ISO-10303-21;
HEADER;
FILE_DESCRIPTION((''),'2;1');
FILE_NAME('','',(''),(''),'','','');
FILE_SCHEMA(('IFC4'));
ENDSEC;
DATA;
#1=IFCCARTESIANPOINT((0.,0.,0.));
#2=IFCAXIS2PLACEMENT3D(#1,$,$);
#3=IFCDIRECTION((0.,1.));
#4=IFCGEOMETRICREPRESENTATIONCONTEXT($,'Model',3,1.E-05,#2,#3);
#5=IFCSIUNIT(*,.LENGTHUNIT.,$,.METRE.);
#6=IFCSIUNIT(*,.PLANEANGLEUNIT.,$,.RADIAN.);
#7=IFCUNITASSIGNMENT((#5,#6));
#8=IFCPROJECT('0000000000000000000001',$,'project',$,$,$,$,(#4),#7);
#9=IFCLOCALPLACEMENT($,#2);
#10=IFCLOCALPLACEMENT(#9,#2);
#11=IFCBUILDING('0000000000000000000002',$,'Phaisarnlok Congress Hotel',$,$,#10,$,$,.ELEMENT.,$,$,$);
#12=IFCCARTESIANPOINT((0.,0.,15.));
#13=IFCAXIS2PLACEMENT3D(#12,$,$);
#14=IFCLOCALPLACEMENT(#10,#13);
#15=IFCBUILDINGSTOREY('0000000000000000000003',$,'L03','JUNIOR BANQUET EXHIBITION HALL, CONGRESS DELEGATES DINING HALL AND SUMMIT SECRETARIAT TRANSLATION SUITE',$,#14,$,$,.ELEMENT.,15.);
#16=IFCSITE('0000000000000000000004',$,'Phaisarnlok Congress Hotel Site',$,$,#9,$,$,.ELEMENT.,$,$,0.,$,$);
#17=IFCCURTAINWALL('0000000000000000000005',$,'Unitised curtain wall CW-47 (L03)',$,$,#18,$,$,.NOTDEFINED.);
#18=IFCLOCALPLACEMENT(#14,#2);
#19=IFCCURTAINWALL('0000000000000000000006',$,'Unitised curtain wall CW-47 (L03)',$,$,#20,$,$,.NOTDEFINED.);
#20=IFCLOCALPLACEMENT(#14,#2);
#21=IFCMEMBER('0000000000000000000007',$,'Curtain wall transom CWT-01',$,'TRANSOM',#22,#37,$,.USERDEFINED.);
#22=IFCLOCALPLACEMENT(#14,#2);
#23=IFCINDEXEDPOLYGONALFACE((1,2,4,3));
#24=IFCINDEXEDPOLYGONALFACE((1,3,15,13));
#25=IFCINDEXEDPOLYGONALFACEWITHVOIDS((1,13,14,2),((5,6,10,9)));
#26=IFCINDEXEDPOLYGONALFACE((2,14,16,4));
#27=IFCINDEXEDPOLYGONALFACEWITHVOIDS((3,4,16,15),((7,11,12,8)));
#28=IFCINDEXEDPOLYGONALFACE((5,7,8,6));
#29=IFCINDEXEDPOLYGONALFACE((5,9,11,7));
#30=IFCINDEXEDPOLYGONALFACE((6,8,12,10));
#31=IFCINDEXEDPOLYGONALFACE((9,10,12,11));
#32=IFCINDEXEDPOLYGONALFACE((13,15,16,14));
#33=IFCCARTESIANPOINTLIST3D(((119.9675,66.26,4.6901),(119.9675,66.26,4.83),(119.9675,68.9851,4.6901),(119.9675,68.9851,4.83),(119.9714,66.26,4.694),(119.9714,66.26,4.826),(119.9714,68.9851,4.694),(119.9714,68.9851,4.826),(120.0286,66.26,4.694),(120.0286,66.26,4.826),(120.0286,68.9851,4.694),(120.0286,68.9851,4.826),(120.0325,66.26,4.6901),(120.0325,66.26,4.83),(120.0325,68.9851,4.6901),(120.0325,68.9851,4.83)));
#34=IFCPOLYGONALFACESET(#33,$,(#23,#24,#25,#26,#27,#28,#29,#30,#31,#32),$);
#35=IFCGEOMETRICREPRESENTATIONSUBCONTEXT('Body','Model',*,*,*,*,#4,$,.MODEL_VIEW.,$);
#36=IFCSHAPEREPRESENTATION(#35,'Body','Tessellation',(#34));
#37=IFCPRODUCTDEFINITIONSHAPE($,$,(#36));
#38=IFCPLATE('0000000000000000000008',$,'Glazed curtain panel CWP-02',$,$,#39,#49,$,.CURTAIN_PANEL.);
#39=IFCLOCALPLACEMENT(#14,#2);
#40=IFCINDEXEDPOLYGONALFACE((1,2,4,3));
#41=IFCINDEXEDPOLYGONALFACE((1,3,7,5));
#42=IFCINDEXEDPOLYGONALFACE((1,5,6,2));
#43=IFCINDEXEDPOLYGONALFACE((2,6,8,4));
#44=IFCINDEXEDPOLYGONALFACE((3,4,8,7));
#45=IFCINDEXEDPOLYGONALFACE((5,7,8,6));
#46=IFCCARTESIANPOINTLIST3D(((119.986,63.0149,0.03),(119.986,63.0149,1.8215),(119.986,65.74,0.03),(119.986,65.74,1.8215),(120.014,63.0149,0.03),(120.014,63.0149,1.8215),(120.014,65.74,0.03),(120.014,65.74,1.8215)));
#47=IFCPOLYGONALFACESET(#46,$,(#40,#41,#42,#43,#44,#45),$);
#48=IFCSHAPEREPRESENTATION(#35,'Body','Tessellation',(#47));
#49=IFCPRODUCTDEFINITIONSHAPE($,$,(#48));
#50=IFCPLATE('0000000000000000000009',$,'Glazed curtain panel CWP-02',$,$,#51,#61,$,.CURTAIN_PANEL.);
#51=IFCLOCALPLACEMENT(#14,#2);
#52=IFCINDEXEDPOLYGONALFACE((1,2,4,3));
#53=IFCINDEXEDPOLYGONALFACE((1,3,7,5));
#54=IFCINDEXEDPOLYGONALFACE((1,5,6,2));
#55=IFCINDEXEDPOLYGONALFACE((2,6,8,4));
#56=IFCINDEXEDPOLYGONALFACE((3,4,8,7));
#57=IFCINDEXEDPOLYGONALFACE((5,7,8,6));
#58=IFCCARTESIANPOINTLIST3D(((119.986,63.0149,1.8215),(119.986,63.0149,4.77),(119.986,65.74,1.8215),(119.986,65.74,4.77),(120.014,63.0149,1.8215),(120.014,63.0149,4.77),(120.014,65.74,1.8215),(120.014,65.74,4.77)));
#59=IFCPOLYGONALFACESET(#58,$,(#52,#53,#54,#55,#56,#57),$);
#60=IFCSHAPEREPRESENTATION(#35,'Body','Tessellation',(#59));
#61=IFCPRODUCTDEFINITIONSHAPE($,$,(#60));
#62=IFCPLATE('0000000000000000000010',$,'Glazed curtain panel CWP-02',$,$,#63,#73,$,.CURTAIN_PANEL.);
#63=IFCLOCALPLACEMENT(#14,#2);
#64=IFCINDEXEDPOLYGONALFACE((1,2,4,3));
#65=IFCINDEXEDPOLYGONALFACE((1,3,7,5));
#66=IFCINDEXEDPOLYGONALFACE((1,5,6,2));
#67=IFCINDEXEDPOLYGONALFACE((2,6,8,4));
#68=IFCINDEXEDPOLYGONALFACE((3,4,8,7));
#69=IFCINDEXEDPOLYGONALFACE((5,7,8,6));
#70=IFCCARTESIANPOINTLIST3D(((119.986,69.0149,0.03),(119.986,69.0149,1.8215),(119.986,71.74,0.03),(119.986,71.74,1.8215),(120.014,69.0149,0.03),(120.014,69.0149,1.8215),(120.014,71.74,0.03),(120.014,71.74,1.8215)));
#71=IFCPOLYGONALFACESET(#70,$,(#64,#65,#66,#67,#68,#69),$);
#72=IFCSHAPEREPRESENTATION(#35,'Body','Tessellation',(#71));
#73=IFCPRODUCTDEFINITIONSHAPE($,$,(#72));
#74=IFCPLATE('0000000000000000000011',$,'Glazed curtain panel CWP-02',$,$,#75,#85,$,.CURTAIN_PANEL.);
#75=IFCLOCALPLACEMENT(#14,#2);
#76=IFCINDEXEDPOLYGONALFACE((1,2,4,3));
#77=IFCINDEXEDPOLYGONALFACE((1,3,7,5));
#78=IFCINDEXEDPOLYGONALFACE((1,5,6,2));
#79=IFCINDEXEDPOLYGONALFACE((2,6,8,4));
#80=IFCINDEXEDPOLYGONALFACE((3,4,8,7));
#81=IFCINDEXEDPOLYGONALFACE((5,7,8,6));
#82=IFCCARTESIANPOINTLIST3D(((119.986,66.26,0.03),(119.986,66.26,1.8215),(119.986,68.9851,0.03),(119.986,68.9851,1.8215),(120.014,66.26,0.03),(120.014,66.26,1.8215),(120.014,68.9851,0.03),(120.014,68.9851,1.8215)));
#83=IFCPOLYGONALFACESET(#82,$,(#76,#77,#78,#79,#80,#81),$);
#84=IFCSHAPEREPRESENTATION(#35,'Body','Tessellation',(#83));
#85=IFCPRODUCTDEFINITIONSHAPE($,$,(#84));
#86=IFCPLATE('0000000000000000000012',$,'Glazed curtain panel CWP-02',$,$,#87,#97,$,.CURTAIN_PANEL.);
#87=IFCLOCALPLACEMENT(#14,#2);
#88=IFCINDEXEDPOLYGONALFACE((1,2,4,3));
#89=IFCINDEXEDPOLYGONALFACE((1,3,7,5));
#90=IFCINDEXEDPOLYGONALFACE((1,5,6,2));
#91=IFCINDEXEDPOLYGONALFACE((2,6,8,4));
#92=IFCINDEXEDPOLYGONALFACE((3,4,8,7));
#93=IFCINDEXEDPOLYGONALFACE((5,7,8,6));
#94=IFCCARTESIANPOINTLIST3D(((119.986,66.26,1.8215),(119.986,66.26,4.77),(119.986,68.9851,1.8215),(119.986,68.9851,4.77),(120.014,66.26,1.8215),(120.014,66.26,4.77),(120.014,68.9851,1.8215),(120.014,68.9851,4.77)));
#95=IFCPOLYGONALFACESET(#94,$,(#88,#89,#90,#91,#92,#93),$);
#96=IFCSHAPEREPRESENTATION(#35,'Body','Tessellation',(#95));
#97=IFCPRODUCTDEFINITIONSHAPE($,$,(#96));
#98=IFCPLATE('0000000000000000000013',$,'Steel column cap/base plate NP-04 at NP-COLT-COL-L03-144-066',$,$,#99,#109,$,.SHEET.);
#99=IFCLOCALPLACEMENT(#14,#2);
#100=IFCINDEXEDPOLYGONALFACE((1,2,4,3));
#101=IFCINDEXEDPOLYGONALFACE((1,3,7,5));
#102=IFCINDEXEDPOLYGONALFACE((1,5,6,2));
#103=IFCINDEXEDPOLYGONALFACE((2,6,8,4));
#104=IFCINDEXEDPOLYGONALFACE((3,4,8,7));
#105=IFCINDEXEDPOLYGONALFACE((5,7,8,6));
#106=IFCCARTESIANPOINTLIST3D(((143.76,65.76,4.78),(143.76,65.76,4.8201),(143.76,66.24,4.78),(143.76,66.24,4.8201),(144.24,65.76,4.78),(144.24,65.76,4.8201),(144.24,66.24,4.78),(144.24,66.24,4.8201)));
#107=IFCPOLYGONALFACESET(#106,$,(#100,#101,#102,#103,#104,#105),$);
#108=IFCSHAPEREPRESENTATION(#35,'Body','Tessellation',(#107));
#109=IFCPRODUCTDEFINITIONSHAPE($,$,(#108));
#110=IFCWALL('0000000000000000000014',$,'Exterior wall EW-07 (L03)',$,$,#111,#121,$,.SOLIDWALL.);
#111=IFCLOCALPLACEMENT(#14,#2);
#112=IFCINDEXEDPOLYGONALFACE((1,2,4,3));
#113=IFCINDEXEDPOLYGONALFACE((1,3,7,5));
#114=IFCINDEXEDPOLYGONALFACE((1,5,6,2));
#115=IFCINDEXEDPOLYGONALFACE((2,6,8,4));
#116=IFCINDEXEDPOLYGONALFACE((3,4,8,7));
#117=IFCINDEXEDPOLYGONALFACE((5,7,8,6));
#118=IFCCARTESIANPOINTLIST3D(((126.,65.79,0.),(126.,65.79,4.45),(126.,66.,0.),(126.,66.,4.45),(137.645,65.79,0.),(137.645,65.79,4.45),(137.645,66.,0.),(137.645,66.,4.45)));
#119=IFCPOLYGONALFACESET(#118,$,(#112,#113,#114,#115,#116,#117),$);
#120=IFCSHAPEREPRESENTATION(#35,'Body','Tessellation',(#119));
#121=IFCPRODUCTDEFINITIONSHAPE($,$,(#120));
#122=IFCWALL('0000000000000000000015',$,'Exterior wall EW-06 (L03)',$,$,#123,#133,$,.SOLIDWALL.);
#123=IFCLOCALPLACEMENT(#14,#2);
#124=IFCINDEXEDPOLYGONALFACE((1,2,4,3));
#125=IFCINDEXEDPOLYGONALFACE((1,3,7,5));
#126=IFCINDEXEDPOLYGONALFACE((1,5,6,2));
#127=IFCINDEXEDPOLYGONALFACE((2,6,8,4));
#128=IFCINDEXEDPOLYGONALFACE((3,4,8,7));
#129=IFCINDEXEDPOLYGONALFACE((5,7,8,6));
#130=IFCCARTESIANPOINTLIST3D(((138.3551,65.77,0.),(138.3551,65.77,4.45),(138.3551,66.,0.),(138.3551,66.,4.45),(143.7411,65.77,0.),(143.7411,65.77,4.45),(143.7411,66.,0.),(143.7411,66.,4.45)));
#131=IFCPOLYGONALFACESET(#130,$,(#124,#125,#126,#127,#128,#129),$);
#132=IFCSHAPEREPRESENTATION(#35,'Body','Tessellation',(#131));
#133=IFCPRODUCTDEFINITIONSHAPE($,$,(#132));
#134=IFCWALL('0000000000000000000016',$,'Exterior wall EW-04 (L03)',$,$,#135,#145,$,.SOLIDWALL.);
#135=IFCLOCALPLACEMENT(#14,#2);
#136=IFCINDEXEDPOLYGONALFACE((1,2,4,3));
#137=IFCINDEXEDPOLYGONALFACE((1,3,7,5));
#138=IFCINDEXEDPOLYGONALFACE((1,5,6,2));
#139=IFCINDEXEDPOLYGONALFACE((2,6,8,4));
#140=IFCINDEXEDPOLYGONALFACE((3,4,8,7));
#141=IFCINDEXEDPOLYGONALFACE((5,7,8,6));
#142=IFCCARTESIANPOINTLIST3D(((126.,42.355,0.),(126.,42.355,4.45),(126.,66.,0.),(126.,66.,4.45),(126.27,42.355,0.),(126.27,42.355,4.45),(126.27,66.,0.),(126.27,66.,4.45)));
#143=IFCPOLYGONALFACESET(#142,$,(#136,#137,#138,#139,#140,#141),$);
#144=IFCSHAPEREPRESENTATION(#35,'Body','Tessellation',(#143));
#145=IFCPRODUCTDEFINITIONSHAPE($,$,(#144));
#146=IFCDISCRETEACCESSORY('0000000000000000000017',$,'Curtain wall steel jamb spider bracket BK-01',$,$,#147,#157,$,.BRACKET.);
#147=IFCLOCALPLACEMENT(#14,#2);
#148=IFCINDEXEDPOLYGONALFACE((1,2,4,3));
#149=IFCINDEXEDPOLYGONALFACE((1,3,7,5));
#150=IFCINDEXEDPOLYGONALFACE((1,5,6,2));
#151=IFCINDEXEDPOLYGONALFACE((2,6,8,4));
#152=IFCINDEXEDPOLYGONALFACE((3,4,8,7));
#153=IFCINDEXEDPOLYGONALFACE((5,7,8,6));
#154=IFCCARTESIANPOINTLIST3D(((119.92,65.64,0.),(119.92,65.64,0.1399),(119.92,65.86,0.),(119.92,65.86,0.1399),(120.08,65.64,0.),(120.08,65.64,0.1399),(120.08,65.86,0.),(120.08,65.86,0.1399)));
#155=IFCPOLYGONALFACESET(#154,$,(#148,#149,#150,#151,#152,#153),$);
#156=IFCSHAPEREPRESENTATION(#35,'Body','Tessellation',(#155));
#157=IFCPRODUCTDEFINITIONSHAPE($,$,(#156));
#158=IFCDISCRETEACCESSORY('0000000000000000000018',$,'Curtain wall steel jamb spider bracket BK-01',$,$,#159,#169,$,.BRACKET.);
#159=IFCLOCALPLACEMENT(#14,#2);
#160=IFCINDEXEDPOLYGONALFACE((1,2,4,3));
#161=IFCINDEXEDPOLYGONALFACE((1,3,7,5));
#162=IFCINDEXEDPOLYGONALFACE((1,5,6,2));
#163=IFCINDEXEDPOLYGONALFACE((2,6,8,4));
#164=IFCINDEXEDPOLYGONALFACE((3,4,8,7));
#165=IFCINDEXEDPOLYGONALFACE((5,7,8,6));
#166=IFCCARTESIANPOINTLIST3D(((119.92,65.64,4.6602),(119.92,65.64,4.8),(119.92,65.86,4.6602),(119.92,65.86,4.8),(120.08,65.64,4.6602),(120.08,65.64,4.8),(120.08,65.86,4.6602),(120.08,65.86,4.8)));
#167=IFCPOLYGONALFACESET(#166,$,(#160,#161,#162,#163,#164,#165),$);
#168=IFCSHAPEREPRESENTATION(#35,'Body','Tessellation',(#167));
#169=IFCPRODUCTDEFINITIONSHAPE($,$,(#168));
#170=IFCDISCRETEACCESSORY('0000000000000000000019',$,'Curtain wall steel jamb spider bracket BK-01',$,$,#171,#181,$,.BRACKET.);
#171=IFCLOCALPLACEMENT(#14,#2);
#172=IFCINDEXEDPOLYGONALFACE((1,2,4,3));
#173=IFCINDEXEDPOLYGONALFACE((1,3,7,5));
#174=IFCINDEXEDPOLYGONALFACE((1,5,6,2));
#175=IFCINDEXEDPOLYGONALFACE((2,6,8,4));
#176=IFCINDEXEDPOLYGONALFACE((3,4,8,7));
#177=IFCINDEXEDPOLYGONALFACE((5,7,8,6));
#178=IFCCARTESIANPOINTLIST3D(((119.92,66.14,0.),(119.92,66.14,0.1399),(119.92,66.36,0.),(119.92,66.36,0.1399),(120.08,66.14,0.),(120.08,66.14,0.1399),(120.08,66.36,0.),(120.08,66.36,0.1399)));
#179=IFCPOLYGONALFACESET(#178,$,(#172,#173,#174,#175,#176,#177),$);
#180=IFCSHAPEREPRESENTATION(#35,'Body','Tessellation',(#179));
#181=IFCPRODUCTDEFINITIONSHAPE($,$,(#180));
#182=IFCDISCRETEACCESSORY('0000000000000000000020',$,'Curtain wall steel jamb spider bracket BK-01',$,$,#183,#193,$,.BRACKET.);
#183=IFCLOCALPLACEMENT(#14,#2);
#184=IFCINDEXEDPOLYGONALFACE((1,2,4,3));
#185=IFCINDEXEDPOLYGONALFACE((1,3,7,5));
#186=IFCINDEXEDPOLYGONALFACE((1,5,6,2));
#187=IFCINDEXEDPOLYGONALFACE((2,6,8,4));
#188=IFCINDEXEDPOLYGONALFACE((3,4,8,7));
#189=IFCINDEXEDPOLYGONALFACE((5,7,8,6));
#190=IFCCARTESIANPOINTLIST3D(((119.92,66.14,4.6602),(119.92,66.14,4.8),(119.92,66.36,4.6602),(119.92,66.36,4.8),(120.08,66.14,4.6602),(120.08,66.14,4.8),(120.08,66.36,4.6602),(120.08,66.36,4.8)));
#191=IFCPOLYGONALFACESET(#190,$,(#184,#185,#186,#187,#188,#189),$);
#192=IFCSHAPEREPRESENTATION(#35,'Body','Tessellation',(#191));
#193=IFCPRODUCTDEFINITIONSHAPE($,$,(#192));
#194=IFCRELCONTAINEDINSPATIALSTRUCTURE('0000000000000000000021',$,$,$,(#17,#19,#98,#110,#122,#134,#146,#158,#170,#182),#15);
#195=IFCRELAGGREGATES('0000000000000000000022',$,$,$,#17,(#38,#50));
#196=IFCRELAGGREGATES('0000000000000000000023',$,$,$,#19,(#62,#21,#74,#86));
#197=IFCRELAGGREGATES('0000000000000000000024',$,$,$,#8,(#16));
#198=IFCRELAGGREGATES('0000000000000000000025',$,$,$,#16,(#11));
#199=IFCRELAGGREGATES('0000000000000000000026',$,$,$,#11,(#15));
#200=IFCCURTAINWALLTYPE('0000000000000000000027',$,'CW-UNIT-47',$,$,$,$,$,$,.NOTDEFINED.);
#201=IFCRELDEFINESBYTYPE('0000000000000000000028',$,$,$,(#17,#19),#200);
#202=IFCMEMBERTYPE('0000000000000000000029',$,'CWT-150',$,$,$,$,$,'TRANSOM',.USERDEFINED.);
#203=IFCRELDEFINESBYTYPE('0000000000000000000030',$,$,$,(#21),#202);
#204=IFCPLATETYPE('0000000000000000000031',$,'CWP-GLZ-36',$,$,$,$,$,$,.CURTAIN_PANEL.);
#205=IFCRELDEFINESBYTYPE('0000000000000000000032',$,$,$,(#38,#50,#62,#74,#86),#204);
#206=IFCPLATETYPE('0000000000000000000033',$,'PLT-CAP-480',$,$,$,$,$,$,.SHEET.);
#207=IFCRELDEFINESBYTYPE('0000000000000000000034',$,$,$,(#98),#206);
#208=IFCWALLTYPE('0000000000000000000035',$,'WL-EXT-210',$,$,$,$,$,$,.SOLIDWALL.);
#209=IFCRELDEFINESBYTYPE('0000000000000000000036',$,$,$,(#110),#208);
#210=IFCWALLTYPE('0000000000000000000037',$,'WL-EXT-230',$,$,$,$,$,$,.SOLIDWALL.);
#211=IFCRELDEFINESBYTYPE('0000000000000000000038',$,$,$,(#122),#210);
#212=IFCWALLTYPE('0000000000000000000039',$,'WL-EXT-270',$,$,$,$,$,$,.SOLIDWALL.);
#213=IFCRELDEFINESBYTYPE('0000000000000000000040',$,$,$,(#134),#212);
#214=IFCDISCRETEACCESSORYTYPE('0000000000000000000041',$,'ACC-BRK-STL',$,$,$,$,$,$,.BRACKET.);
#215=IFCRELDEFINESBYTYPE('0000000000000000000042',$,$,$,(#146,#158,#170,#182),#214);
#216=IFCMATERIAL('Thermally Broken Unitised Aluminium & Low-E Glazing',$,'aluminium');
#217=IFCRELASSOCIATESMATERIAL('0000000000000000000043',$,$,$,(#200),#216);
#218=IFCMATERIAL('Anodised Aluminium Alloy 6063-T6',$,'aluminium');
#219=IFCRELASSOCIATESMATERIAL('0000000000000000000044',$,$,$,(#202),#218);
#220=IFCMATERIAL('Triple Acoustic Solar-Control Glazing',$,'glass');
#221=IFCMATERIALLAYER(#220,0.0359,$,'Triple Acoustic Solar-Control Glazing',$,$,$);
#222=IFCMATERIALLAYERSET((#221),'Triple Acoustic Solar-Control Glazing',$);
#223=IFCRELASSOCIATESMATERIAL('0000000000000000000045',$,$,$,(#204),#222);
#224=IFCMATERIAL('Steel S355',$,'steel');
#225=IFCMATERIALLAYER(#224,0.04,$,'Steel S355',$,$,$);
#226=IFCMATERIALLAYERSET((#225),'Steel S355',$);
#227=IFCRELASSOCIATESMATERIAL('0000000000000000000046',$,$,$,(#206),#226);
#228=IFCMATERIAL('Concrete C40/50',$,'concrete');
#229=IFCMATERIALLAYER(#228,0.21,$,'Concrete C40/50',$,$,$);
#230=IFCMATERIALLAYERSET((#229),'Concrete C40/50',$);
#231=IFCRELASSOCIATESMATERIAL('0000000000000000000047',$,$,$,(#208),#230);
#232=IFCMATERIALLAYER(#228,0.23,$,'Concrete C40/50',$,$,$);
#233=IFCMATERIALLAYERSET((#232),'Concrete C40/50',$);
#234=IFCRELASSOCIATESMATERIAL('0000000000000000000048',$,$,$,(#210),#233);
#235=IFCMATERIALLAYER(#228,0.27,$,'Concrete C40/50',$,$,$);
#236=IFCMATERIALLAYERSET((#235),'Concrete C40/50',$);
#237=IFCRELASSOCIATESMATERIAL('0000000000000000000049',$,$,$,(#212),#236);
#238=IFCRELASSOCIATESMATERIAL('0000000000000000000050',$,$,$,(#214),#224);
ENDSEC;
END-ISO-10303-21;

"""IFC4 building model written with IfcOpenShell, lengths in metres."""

from ifc_helpers import new_model, si_unit, direction, frame, frame_2d, origin, origin_2d, place, context, subcontext, project, spatial, rectangle, hollow_rectangle, extrude, material, layer, layer_set, material_profile, profile_set, type_object, element, aggregate, save


model = new_model("IFC4")

# Units and contexts
model_context = context("Model", 3, precision=1e-05, world=origin(), true_north=direction((0.0, 1.0)))
body_context = subcontext(model_context, "Body", "Model", "MODEL_VIEW")
ifc_project = project(units=[si_unit("LENGTHUNIT", "METRE"), si_unit("PLANEANGLEUNIT", "RADIAN")], contexts=[model_context])

# Site, building, storey
site_placement = place(None, origin())
site = spatial("IfcSite", under=ifc_project, at=site_placement, Name="Phaisarnlok Congress Hotel Site", CompositionType="ELEMENT", RefElevation=0.0)
building_placement = place(site_placement, origin())
building = spatial("IfcBuilding", under=site, at=building_placement, Name="Phaisarnlok Congress Hotel", CompositionType="ELEMENT")
storey_placement = place(building_placement, frame((0.0, 0.0, 15.0)))
storey = spatial("IfcBuildingStorey", under=building, at=storey_placement, Name="L03", Description="JUNIOR BANQUET EXHIBITION HALL, CONGRESS DELEGATES DINING HALL AND SUMMIT SECRETARIAT TRANSLATION SUITE", CompositionType="ELEMENT", Elevation=15.0)

# Shared definitions
ifc_material_1 = material(Name="Steel S355", Category="steel")

# Curtain wall
ifc_material_2 = material(Name="Thermally Broken Unitised Aluminium & Low-E Glazing", Category="aluminium")
curtain_wall_type = type_object("IfcCurtainWallType", Name="CW-UNIT-47", PredefinedType="NOTDEFINED", material=ifc_material_2)
curtain_wall_1_placement = place(storey_placement, origin())
curtain_wall_1 = element("IfcCurtainWall", 1, at=curtain_wall_1_placement, inside=storey, type_object=curtain_wall_type, Name="Unitised curtain wall CW-47 (L03)", PredefinedType="NOTDEFINED")
ifc_material_3 = material(Name="Anodised Aluminium Alloy 6063-T6", Category="aluminium")

# Curtain wall
curtain_wall_2_placement = place(storey_placement, origin())
curtain_wall_2 = element("IfcCurtainWall", 2, at=curtain_wall_2_placement, inside=storey, type_object=curtain_wall_type, Name="Unitised curtain wall CW-47 (L03)", PredefinedType="NOTDEFINED")

# Member
ifc_material_profile_1 = material_profile(ifc_material_3, hollow_rectangle(XDim=0.0649, YDim=0.1399, WallThickness=0.0039, at=origin_2d()), Name="ALU-T 65x140x4")
ifc_profile_set_1 = profile_set([ifc_material_profile_1], Name="Anodised Aluminium Alloy 6063-T6")
member_type_1 = type_object("IfcMemberType", Name="CWT-150", ElementType="TRANSOM", PredefinedType="USERDEFINED", material=ifc_profile_set_1)
member_1_placement = place(storey_placement, frame((120.0, 68.9851, 4.76), z_axis=(0.0, -1.0, 0.0), x_axis=(1.0, 0.0, 0.0)))
member_1 = element("IfcMember", 3, at=member_1_placement, type_object=member_type_1, Name="Curtain wall transom CWT-01", ObjectType="TRANSOM", PredefinedType="USERDEFINED", context=body_context, shape_type="SweptSolid", body=[
    extrude(hollow_rectangle(XDim=0.0649, YDim=0.1399, WallThickness=0.0039, at=origin_2d()), origin(), (0.0, 0.0, 1.0), 2.7251),
])

# Plates
ifc_material_4 = material(Name="Triple Acoustic Solar-Control Glazing", Category="glass")
ifc_layer_1 = layer(ifc_material_4, 0.0359, Name="Triple Acoustic Solar-Control Glazing")
ifc_layer_set_1 = layer_set([ifc_layer_1], Name="Triple Acoustic Solar-Control Glazing")
plate_type_1 = type_object("IfcPlateType", Name="CWP-GLZ-36", PredefinedType="CURTAIN_PANEL", material=ifc_layer_set_1)
plate_1_placement = place(storey_placement, frame((120.0, 65.74, 0.03), z_axis=(0.0, 0.0, 1.0), x_axis=(0.0, -1.0, 0.0)))
plate_1 = element("IfcPlate", 4, at=plate_1_placement, type_object=plate_type_1, Name="Glazed curtain panel CWP-02", PredefinedType="CURTAIN_PANEL", context=body_context, shape_type="SweptSolid", body=[
    extrude(rectangle(XDim=2.7251, YDim=0.0281, at=frame_2d((1.3625, 0.0))), origin(), (0.0, 0.0, 1.0), 1.7915),
])
plate_2_placement = place(storey_placement, frame((120.0, 65.74, 1.8215), z_axis=(0.0, 0.0, 1.0), x_axis=(0.0, -1.0, 0.0)))
plate_2 = element("IfcPlate", 5, at=plate_2_placement, type_object=plate_type_1, Name="Glazed curtain panel CWP-02", PredefinedType="CURTAIN_PANEL", context=body_context, shape_type="SweptSolid", body=[
    extrude(rectangle(XDim=2.7251, YDim=0.0281, at=frame_2d((1.3625, 0.0))), origin(), (0.0, 0.0, 1.0), 2.9485),
])
aggregate(curtain_wall_1, [plate_1, plate_2])
plate_3_placement = place(storey_placement, frame((120.0, 71.74, 0.03), z_axis=(0.0, 0.0, 1.0), x_axis=(0.0, -1.0, 0.0)))
plate_3 = element("IfcPlate", 6, at=plate_3_placement, type_object=plate_type_1, Name="Glazed curtain panel CWP-02", PredefinedType="CURTAIN_PANEL", context=body_context, shape_type="SweptSolid", body=[
    extrude(rectangle(XDim=2.7251, YDim=0.0281, at=frame_2d((1.3625, 0.0))), origin(), (0.0, 0.0, 1.0), 1.7915),
])
plate_4_placement = place(storey_placement, frame((120.0, 68.9851, 0.03), z_axis=(0.0, 0.0, 1.0), x_axis=(0.0, -1.0, 0.0)))
plate_4 = element("IfcPlate", 7, at=plate_4_placement, type_object=plate_type_1, Name="Glazed curtain panel CWP-02", PredefinedType="CURTAIN_PANEL", context=body_context, shape_type="SweptSolid", body=[
    extrude(rectangle(XDim=2.7251, YDim=0.0281, at=frame_2d((1.3625, 0.0))), origin(), (0.0, 0.0, 1.0), 1.7915),
])
plate_5_placement = place(storey_placement, frame((120.0, 68.9851, 1.8215), z_axis=(0.0, 0.0, 1.0), x_axis=(0.0, -1.0, 0.0)))
plate_5 = element("IfcPlate", 8, at=plate_5_placement, type_object=plate_type_1, Name="Glazed curtain panel CWP-02", PredefinedType="CURTAIN_PANEL", context=body_context, shape_type="SweptSolid", body=[
    extrude(rectangle(XDim=2.7251, YDim=0.0281, at=frame_2d((1.3625, 0.0))), origin(), (0.0, 0.0, 1.0), 2.9485),
])
aggregate(curtain_wall_2, [plate_3, member_1, plate_4, plate_5])
ifc_layer_2 = layer(ifc_material_1, 0.04, Name="Steel S355")
ifc_layer_set_2 = layer_set([ifc_layer_2], Name="Steel S355")
plate_type_2 = type_object("IfcPlateType", Name="PLT-CAP-480", PredefinedType="SHEET", material=ifc_layer_set_2)
plate_6_placement = place(storey_placement, frame((144.0, 66.0, 4.78), z_axis=(0.0, 0.0, 1.0), x_axis=(1.0, 0.0, 0.0)))
element("IfcPlate", 9, at=plate_6_placement, inside=storey, type_object=plate_type_2, Name="Steel column cap/base plate NP-04 at NP-COLT-COL-L03-144-066", PredefinedType="SHEET", context=body_context, shape_type="SweptSolid", body=[
    extrude(rectangle(XDim=0.48, YDim=0.48, at=origin_2d()), origin(), (0.0, 0.0, 1.0), 0.04),
])

# Walls
ifc_material_5 = material(Name="Concrete C40/50", Category="concrete")
ifc_layer_3 = layer(ifc_material_5, 0.21, Name="Concrete C40/50")
ifc_layer_set_3 = layer_set([ifc_layer_3], Name="Concrete C40/50")
wall_type_1 = type_object("IfcWallType", Name="WL-EXT-210", PredefinedType="SOLIDWALL", material=ifc_layer_set_3)
wall_1_placement = place(storey_placement, frame((137.645, 65.895, 0.0), z_axis=(0.0, 0.0, 1.0), x_axis=(-1.0, 0.0, 0.0)))
element("IfcWall", 10, at=wall_1_placement, inside=storey, type_object=wall_type_1, Name="Exterior wall EW-07 (L03)", PredefinedType="SOLIDWALL", context=body_context, shape_type="SweptSolid", body=[
    extrude(rectangle(XDim=11.645, YDim=0.21, at=frame_2d((5.8225, 0.0))), origin(), (0.0, 0.0, 1.0), 4.45),
])
ifc_layer_4 = layer(ifc_material_5, 0.23, Name="Concrete C40/50")
ifc_layer_set_4 = layer_set([ifc_layer_4], Name="Concrete C40/50")
wall_type_2 = type_object("IfcWallType", Name="WL-EXT-230", PredefinedType="SOLIDWALL", material=ifc_layer_set_4)
wall_2_placement = place(storey_placement, frame((143.741, 65.885, 0.0), z_axis=(0.0, 0.0, 1.0), x_axis=(-1.0, 0.0, 0.0)))
element("IfcWall", 11, at=wall_2_placement, inside=storey, type_object=wall_type_2, Name="Exterior wall EW-06 (L03)", PredefinedType="SOLIDWALL", context=body_context, shape_type="SweptSolid", body=[
    extrude(rectangle(XDim=5.386, YDim=0.23, at=frame_2d((2.6929, 0.0))), origin(), (0.0, 0.0, 1.0), 4.45),
])
ifc_layer_5 = layer(ifc_material_5, 0.27, Name="Concrete C40/50")
ifc_layer_set_5 = layer_set([ifc_layer_5], Name="Concrete C40/50")
wall_type_3 = type_object("IfcWallType", Name="WL-EXT-270", PredefinedType="SOLIDWALL", material=ifc_layer_set_5)
wall_3_placement = place(storey_placement, frame((126.135, 66.0, 0.0), z_axis=(0.0, 0.0, 1.0), x_axis=(0.0, -1.0, 0.0)))
element("IfcWall", 12, at=wall_3_placement, inside=storey, type_object=wall_type_3, Name="Exterior wall EW-04 (L03)", PredefinedType="SOLIDWALL", context=body_context, shape_type="SweptSolid", body=[
    extrude(rectangle(XDim=23.645, YDim=0.27, at=frame_2d((11.8225, 0.0))), origin(), (0.0, 0.0, 1.0), 4.45),
])

# Discrete accessories
discrete_accessory_type = type_object("IfcDiscreteAccessoryType", Name="ACC-BRK-STL", PredefinedType="BRACKET", material=ifc_material_1)
for number, where, z_axis, x_axis, name in (
    (13, (120.0, 65.75, 0.0), (0.0, 0.0, 1.0), (1.0, 0.0, 0.0), "Curtain wall steel jamb spider bracket BK-01"),
    (14, (120.0, 65.75, 4.6602), (0.0, 0.0, 1.0), (1.0, 0.0, 0.0), "Curtain wall steel jamb spider bracket BK-01"),
    (15, (120.0, 66.25, 0.0), (0.0, 0.0, 1.0), (1.0, 0.0, 0.0), "Curtain wall steel jamb spider bracket BK-01"),
    (16, (120.0, 66.25, 4.6602), (0.0, 0.0, 1.0), (1.0, 0.0, 0.0), "Curtain wall steel jamb spider bracket BK-01"),
):
    element("IfcDiscreteAccessory", number, at=place(storey_placement, frame(where, z_axis=z_axis, x_axis=x_axis)), inside=storey, type_object=discrete_accessory_type, Name=name, PredefinedType="BRACKET", context=body_context, shape_type="SweptSolid", body=[
        extrude(rectangle(XDim=0.1599, YDim=0.22, at=origin_2d()), origin(), (0.0, 0.0, 1.0), 0.1399),
    ])

save(model, "model.ifc")
